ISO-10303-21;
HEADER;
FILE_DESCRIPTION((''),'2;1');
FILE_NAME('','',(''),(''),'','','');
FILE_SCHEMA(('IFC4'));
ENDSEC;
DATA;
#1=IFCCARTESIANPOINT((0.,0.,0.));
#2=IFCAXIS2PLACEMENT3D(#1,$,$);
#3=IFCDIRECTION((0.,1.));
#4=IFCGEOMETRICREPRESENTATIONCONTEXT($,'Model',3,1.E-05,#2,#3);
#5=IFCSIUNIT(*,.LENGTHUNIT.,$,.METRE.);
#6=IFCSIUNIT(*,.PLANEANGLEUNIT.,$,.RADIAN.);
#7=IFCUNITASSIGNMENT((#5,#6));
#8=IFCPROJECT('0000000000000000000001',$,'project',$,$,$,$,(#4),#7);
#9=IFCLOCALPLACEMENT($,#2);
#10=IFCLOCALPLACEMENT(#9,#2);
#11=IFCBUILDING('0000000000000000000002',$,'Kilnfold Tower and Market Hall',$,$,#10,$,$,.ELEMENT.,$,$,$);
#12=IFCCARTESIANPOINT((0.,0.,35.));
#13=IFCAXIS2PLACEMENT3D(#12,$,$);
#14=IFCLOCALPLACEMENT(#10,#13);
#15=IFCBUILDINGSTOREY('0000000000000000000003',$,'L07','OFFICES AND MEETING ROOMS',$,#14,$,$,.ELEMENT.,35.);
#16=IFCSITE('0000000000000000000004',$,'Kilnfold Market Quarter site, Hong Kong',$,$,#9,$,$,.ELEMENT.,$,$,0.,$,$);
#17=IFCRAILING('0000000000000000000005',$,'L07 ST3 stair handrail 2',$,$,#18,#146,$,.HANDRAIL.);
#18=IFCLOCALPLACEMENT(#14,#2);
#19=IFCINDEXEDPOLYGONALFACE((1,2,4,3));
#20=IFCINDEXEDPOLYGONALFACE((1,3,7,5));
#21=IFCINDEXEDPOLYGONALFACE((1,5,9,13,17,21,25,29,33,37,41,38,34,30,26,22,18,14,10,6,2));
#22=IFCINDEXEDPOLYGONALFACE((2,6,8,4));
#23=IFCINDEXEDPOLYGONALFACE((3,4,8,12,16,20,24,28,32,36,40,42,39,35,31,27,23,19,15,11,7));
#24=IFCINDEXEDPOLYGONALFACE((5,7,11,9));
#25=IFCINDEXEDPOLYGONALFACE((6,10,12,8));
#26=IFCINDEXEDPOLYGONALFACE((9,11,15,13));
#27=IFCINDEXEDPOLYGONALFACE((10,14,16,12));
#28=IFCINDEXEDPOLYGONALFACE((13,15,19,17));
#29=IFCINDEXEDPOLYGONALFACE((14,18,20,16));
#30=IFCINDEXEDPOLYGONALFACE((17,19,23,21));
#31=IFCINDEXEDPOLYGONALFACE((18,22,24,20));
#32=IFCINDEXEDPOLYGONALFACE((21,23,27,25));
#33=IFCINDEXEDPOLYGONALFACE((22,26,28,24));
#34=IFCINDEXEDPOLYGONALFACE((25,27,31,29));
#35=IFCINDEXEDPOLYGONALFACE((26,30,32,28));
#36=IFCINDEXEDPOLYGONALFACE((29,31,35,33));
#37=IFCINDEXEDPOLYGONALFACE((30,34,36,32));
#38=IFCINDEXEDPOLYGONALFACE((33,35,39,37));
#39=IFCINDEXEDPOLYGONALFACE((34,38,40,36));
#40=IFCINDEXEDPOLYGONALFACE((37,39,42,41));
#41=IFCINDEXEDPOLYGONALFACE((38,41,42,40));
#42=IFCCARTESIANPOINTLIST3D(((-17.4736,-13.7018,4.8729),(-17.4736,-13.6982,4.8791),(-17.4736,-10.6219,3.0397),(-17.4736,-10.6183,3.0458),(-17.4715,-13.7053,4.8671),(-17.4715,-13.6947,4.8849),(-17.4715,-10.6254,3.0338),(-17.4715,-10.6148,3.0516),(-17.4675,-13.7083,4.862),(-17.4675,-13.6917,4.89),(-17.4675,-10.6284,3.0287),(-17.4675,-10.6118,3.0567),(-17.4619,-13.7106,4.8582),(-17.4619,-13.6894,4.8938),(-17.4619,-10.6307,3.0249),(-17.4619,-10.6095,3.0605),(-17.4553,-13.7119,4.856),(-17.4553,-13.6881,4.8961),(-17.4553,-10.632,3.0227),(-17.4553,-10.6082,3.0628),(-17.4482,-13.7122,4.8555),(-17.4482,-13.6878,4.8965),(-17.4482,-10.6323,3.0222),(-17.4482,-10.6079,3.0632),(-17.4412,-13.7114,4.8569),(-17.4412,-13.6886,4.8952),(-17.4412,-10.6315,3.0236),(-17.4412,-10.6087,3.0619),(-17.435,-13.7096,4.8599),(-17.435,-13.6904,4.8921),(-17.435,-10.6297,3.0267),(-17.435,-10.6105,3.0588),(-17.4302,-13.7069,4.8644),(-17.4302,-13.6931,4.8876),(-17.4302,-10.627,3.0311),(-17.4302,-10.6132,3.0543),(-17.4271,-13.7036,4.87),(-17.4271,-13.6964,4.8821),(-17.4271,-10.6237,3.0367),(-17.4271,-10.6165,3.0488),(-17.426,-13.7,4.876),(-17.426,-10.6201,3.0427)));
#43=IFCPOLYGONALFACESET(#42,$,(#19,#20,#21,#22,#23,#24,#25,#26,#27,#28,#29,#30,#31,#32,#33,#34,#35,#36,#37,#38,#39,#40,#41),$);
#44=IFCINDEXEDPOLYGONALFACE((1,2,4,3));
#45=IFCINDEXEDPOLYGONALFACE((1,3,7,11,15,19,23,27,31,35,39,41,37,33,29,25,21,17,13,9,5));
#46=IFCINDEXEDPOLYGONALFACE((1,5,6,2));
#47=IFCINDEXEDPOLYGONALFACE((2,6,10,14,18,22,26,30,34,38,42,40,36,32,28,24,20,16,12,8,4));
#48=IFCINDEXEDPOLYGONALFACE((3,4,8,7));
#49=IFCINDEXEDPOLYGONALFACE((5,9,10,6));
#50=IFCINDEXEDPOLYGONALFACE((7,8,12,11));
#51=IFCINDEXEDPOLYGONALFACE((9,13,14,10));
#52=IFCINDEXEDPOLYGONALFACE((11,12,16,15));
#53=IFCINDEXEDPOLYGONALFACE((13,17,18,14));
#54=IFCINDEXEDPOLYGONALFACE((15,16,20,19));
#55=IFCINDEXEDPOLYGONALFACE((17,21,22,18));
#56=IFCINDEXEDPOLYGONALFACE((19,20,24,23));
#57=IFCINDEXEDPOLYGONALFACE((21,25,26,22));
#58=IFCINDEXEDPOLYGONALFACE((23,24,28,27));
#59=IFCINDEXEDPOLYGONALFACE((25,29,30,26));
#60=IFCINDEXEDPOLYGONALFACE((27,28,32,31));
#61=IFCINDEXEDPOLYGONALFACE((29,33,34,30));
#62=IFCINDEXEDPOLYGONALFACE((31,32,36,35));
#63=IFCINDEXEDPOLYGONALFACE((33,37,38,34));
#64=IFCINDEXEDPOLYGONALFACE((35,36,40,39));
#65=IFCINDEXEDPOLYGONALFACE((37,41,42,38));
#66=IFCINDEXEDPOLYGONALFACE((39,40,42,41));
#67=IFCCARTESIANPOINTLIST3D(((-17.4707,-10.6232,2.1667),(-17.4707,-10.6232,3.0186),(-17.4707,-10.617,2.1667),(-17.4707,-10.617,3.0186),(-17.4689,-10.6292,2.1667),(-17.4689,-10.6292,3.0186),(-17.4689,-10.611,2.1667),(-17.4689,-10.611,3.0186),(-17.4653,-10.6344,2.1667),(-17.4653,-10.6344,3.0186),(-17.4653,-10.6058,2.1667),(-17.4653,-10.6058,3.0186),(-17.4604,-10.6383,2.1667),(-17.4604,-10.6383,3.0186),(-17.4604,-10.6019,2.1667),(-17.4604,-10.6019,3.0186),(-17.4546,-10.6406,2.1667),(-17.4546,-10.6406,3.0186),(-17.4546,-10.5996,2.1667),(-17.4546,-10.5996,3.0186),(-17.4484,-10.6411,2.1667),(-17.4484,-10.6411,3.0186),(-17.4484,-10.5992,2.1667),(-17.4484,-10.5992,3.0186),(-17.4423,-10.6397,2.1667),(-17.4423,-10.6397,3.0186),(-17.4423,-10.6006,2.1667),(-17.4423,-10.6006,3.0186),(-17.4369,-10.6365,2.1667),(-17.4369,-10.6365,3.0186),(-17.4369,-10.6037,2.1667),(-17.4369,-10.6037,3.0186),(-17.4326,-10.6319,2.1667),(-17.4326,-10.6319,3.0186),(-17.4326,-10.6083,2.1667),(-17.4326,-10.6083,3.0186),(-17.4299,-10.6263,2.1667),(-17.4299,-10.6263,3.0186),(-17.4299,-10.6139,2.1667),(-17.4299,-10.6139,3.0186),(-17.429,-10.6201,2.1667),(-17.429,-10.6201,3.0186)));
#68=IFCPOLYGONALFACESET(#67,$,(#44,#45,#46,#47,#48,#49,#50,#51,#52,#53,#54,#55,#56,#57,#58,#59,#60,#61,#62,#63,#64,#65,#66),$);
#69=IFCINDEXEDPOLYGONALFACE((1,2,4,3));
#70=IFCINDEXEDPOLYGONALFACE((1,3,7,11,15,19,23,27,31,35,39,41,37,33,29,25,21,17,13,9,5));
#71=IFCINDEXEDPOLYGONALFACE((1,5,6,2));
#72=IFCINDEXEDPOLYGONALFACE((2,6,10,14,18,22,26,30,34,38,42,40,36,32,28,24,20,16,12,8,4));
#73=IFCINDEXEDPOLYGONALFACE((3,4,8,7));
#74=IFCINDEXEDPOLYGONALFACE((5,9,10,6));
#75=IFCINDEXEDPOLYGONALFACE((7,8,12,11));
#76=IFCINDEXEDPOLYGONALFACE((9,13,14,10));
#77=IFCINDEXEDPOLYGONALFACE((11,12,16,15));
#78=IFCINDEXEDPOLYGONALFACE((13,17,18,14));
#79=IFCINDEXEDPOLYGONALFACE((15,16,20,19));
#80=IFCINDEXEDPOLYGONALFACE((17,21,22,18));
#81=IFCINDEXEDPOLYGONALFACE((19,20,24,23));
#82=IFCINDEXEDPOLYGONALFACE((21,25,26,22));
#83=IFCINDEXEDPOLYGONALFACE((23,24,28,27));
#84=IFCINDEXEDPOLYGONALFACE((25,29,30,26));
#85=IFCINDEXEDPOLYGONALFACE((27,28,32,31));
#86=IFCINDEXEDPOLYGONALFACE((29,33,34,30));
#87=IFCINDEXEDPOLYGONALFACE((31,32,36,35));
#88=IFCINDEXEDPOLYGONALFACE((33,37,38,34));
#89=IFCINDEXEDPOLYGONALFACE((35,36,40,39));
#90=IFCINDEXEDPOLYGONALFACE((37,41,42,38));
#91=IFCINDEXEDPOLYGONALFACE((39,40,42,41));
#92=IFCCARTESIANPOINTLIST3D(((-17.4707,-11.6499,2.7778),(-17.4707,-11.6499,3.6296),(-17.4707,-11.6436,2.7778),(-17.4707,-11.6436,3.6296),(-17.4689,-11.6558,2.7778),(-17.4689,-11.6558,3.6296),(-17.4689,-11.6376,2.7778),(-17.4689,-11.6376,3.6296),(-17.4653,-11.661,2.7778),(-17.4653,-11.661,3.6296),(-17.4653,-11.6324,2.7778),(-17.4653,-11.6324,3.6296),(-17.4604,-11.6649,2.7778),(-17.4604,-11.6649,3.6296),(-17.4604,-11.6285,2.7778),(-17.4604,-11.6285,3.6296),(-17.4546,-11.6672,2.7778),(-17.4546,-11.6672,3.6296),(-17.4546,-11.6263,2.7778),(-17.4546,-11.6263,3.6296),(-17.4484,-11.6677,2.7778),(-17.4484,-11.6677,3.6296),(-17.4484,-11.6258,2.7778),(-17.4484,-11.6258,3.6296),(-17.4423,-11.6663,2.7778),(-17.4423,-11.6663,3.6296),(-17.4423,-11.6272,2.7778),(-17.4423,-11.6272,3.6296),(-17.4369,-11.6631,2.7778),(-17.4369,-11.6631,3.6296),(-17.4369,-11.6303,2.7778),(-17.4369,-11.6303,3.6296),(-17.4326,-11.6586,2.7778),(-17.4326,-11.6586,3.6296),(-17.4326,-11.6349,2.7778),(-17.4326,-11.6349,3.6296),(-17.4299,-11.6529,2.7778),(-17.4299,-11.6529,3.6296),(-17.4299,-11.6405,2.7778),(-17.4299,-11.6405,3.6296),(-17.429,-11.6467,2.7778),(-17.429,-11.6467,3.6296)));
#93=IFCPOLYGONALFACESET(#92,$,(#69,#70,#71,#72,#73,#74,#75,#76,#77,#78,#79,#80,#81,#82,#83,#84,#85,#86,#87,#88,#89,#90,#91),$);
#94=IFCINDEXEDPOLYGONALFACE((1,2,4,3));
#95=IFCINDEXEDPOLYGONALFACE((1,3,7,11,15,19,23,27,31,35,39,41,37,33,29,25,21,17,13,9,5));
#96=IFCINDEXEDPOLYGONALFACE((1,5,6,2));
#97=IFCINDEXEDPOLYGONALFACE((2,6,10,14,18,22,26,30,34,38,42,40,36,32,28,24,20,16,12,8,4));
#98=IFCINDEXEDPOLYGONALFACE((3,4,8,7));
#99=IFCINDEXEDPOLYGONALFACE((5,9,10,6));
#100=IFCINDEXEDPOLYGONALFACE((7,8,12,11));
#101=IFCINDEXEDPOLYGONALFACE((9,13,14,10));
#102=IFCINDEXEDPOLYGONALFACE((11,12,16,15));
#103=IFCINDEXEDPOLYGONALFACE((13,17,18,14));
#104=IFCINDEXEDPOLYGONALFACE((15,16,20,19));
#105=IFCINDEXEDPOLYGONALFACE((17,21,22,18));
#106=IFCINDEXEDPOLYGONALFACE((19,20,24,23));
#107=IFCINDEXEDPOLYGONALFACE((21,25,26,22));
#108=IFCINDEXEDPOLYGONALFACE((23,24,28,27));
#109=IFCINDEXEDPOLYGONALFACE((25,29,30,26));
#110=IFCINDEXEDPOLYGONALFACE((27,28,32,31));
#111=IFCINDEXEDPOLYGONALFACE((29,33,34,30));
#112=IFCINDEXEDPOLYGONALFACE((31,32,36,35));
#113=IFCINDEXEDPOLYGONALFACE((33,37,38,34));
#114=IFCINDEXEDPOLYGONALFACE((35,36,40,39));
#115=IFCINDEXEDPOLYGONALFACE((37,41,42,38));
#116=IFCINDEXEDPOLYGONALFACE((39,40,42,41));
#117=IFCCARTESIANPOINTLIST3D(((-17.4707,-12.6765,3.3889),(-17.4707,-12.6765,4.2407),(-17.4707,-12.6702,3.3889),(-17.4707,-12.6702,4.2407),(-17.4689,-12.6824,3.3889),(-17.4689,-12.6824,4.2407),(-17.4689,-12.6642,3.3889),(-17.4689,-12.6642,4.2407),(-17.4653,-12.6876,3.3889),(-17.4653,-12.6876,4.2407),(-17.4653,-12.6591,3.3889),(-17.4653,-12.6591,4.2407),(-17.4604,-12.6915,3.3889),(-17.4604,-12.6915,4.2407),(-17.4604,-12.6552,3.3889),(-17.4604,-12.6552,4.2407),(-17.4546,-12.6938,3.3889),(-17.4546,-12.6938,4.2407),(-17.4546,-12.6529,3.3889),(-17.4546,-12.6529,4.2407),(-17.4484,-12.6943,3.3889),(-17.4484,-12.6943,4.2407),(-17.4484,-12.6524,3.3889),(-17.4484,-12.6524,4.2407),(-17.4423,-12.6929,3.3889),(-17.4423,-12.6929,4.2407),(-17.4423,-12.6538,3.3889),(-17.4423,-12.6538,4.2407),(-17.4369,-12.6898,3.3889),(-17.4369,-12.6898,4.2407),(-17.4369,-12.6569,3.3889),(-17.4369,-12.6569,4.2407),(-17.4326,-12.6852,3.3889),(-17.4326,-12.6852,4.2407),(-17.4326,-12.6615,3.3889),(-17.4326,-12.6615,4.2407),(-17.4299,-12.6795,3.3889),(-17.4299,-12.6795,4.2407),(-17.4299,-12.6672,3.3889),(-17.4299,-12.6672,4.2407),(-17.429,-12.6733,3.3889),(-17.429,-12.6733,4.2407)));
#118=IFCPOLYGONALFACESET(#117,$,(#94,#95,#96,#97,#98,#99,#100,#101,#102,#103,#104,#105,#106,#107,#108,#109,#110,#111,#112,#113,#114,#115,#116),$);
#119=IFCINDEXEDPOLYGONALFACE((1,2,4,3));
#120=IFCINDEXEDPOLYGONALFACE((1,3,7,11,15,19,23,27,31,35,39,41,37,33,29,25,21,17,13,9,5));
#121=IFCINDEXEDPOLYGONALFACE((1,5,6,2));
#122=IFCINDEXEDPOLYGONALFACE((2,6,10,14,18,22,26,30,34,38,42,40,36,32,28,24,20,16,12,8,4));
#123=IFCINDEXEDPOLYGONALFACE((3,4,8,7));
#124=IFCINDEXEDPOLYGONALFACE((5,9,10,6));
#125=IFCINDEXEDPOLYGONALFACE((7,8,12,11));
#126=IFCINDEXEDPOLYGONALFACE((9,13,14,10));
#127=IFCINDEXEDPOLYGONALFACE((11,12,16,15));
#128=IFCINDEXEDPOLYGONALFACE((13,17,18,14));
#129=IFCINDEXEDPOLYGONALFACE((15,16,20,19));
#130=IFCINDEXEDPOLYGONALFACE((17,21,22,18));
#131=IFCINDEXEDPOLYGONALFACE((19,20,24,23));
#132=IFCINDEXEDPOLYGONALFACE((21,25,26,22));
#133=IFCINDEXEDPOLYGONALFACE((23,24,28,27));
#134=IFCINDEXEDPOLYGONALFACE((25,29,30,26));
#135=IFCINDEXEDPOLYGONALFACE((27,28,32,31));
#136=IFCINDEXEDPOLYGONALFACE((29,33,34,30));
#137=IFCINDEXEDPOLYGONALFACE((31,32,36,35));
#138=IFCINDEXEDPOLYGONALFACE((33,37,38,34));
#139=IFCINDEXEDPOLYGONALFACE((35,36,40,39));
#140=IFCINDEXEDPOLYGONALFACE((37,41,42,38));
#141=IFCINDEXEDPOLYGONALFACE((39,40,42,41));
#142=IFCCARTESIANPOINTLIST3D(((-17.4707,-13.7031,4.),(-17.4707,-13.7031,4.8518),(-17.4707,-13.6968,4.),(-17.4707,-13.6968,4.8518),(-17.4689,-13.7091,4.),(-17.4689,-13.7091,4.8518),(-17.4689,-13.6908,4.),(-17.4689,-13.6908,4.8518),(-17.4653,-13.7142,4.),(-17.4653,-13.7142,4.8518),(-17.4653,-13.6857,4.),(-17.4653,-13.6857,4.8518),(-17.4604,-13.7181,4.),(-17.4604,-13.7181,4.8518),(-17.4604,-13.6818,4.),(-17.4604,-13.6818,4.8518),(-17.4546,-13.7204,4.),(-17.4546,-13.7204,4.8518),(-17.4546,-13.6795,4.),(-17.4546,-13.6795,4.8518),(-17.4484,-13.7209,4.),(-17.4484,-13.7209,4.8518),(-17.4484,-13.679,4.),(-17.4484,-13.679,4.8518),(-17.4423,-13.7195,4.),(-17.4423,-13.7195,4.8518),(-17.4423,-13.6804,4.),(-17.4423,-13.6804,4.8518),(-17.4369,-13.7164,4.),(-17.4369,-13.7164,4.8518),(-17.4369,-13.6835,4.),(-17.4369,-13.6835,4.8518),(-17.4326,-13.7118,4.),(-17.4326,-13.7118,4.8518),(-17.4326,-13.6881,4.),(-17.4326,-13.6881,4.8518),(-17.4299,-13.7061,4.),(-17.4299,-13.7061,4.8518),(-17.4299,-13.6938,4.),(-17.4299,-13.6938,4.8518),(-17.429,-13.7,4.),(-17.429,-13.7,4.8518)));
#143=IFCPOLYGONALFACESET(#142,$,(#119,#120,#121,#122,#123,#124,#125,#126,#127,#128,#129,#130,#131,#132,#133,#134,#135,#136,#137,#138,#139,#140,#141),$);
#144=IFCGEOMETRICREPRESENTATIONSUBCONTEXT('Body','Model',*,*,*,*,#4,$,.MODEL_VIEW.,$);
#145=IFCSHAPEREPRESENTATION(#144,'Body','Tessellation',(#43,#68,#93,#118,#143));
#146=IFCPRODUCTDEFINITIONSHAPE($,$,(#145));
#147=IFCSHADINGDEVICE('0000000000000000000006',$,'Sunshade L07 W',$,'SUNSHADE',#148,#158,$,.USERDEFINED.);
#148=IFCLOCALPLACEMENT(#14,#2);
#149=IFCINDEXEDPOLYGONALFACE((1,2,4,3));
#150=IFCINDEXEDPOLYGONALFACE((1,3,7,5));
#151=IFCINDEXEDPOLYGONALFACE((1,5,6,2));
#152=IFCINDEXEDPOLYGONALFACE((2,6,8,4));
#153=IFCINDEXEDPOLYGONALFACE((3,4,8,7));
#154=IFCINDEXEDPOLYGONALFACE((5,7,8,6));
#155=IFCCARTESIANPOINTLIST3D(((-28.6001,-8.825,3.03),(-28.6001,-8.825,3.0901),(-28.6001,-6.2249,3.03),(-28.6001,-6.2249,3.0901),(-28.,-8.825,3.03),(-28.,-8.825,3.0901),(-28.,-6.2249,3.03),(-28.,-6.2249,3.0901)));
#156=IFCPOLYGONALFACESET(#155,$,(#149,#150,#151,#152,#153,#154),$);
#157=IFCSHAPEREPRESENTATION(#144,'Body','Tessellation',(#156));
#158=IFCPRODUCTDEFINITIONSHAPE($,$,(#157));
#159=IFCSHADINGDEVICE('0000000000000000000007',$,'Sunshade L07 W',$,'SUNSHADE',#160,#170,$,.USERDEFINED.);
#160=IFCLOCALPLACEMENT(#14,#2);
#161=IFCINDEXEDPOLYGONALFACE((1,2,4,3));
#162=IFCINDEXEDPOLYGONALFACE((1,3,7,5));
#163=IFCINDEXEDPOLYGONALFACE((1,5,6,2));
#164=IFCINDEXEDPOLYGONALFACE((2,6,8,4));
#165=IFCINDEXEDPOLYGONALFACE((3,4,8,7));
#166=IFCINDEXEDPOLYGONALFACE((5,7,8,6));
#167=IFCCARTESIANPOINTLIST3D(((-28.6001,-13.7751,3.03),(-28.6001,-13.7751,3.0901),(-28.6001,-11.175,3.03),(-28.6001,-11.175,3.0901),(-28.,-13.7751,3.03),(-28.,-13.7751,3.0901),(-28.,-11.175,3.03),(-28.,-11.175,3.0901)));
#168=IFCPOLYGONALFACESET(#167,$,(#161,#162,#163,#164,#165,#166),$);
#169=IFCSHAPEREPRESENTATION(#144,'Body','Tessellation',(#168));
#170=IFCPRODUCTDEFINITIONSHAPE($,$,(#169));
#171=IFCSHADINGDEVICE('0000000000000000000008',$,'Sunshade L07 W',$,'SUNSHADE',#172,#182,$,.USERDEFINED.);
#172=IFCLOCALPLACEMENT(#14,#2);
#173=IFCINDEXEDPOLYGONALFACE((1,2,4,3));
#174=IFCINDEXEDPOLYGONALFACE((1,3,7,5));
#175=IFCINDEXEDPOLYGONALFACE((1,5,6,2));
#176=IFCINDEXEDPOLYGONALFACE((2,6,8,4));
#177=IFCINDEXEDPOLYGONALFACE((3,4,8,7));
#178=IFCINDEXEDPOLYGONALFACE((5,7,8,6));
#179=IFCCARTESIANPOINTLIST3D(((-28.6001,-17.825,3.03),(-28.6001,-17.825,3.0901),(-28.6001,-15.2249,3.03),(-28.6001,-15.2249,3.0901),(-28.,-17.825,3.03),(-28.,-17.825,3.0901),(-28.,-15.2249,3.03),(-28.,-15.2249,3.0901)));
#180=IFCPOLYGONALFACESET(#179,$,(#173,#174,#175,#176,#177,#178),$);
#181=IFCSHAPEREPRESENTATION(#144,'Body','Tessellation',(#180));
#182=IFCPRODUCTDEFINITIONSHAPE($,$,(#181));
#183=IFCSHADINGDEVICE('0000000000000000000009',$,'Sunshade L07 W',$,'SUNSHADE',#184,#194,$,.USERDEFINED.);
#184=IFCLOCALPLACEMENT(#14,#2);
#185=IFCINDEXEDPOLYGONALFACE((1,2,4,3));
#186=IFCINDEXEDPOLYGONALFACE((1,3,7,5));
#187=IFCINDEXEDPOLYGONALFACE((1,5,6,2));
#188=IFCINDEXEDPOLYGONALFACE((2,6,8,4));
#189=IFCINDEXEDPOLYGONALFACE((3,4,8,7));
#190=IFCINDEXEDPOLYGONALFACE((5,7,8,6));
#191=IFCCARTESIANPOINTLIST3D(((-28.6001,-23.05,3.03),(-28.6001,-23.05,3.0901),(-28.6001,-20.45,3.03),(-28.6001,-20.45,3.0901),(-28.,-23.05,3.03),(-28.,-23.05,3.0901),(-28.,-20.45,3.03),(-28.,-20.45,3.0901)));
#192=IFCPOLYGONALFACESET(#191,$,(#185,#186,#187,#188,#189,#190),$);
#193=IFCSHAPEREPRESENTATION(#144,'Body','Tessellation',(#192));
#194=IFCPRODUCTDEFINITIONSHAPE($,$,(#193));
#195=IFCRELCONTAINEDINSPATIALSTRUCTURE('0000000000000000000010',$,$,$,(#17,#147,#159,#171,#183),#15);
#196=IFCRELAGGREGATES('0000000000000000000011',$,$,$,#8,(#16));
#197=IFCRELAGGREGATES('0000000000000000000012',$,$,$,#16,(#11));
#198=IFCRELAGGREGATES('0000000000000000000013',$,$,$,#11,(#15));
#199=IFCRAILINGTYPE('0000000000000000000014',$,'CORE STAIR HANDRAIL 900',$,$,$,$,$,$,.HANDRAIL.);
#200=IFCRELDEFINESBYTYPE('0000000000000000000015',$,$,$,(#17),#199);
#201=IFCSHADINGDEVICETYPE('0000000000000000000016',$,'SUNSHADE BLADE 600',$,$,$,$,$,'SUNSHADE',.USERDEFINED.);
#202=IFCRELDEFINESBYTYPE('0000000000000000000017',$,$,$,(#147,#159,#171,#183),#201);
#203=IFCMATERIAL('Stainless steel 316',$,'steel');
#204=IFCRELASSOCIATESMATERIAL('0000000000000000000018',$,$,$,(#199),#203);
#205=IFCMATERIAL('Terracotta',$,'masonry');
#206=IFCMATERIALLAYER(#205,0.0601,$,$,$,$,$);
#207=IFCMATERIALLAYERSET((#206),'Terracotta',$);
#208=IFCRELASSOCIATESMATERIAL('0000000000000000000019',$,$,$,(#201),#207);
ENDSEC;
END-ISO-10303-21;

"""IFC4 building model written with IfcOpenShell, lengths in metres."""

from ifc_helpers import new_model, si_unit, direction, frame, origin, origin_2d, place, context, subcontext, project, spatial, rectangle, circle, extrude, source, transform, mapped, material, layer, layer_set, type_object, element, save


model = new_model("IFC4")

# Units and contexts
model_context = context("Model", 3, precision=1e-05, world=origin(), true_north=direction((0.0, 1.0)))
body_context = subcontext(model_context, "Body", "Model", "MODEL_VIEW")
ifc_project = project(units=[si_unit("LENGTHUNIT", "METRE"), si_unit("PLANEANGLEUNIT", "RADIAN")], contexts=[model_context])

# Site, building, storey
site_placement = place(None, origin())
site = spatial("IfcSite", under=ifc_project, at=site_placement, Name="Kilnfold Market Quarter site, Hong Kong", CompositionType="ELEMENT", RefElevation=0.0)
building_placement = place(site_placement, origin())
building = spatial("IfcBuilding", under=site, at=building_placement, Name="Kilnfold Tower and Market Hall", CompositionType="ELEMENT")
storey_placement = place(building_placement, frame((0.0, 0.0, 35.0)))
storey = spatial("IfcBuildingStorey", under=building, at=storey_placement, Name="L07", Description="OFFICES AND MEETING ROOMS", CompositionType="ELEMENT", Elevation=35.0)

# Railing
ifc_material_1 = material(Name="Stainless steel 316", Category="steel")
railing_type_1 = type_object("IfcRailingType", Name="CORE STAIR HANDRAIL 900", PredefinedType="HANDRAIL", material=ifc_material_1)
railing_1_placement = place(storey_placement, frame((-17.45, -10.6201, 2.1667)))
element("IfcRailing", 1, at=railing_1_placement, inside=storey, type_object=railing_type_1, Name="L07 ST3 stair handrail 2", PredefinedType="HANDRAIL", context=body_context, shape_type="SweptSolid", body=[
    extrude(circle(Radius=0.0239, at=origin_2d()), frame((0.0, 0.0, 0.876), z_axis=(0.0, -0.859291, 0.511487), x_axis=(1.0, 0.0, 0.0)), (0.0, 0.0, 1.0), 3.5842),
    extrude(circle(Radius=0.021, at=origin_2d()), origin(), (0.0, 0.0, 1.0), 0.8518),
    extrude(circle(Radius=0.021, at=origin_2d()), frame((0.0, -1.0266, 0.6111)), (0.0, 0.0, 1.0), 0.8518),
    extrude(circle(Radius=0.021, at=origin_2d()), frame((0.0, -2.0532, 1.2222)), (0.0, 0.0, 1.0), 0.8518),
    extrude(circle(Radius=0.021, at=origin_2d()), frame((0.0, -3.0798, 1.8333)), (0.0, 0.0, 1.0), 0.8518),
])

# Shading devices
ifc_material_2 = material(Name="Terracotta", Category="masonry")
ifc_layer_1 = layer(ifc_material_2, 0.0601)
ifc_layer_set_1 = layer_set([ifc_layer_1], Name="Terracotta")
shading_device_type = type_object("IfcShadingDeviceType", Name="SUNSHADE BLADE 600", ElementType="SUNSHADE", PredefinedType="USERDEFINED", material=ifc_layer_set_1)
shared_shape_1 = source(origin(), body_context, "Body", "SweptSolid", [
    extrude(rectangle(XDim=2.6001, YDim=0.6001, at=origin_2d()), origin(), (0.0, 0.0, 1.0), 0.0601),
])
for number, where, z_axis, x_axis, name in (
    (2, (-28.3, -7.5249, 3.03), (0.0, 0.0, 1.0), (0.0, -1.0, 0.0), "Sunshade L07 W"),
    (3, (-28.3, -12.4751, 3.03), (0.0, 0.0, 1.0), (0.0, -1.0, 0.0), "Sunshade L07 W"),
    (4, (-28.3, -16.5249, 3.03), (0.0, 0.0, 1.0), (0.0, -1.0, 0.0), "Sunshade L07 W"),
    (5, (-28.3, -21.75, 3.03), (0.0, 0.0, 1.0), (0.0, -1.0, 0.0), "Sunshade L07 W"),
):
    element("IfcShadingDevice", number, at=place(storey_placement, frame(where, z_axis=z_axis, x_axis=x_axis)), inside=storey, type_object=shading_device_type, Name=name, ObjectType="SUNSHADE", PredefinedType="USERDEFINED", context=body_context, shape_type="MappedRepresentation", body=[
        mapped(shared_shape_1, transform((0.0, 0.0, 0.0))),
    ])

save(model, "model.ifc")
